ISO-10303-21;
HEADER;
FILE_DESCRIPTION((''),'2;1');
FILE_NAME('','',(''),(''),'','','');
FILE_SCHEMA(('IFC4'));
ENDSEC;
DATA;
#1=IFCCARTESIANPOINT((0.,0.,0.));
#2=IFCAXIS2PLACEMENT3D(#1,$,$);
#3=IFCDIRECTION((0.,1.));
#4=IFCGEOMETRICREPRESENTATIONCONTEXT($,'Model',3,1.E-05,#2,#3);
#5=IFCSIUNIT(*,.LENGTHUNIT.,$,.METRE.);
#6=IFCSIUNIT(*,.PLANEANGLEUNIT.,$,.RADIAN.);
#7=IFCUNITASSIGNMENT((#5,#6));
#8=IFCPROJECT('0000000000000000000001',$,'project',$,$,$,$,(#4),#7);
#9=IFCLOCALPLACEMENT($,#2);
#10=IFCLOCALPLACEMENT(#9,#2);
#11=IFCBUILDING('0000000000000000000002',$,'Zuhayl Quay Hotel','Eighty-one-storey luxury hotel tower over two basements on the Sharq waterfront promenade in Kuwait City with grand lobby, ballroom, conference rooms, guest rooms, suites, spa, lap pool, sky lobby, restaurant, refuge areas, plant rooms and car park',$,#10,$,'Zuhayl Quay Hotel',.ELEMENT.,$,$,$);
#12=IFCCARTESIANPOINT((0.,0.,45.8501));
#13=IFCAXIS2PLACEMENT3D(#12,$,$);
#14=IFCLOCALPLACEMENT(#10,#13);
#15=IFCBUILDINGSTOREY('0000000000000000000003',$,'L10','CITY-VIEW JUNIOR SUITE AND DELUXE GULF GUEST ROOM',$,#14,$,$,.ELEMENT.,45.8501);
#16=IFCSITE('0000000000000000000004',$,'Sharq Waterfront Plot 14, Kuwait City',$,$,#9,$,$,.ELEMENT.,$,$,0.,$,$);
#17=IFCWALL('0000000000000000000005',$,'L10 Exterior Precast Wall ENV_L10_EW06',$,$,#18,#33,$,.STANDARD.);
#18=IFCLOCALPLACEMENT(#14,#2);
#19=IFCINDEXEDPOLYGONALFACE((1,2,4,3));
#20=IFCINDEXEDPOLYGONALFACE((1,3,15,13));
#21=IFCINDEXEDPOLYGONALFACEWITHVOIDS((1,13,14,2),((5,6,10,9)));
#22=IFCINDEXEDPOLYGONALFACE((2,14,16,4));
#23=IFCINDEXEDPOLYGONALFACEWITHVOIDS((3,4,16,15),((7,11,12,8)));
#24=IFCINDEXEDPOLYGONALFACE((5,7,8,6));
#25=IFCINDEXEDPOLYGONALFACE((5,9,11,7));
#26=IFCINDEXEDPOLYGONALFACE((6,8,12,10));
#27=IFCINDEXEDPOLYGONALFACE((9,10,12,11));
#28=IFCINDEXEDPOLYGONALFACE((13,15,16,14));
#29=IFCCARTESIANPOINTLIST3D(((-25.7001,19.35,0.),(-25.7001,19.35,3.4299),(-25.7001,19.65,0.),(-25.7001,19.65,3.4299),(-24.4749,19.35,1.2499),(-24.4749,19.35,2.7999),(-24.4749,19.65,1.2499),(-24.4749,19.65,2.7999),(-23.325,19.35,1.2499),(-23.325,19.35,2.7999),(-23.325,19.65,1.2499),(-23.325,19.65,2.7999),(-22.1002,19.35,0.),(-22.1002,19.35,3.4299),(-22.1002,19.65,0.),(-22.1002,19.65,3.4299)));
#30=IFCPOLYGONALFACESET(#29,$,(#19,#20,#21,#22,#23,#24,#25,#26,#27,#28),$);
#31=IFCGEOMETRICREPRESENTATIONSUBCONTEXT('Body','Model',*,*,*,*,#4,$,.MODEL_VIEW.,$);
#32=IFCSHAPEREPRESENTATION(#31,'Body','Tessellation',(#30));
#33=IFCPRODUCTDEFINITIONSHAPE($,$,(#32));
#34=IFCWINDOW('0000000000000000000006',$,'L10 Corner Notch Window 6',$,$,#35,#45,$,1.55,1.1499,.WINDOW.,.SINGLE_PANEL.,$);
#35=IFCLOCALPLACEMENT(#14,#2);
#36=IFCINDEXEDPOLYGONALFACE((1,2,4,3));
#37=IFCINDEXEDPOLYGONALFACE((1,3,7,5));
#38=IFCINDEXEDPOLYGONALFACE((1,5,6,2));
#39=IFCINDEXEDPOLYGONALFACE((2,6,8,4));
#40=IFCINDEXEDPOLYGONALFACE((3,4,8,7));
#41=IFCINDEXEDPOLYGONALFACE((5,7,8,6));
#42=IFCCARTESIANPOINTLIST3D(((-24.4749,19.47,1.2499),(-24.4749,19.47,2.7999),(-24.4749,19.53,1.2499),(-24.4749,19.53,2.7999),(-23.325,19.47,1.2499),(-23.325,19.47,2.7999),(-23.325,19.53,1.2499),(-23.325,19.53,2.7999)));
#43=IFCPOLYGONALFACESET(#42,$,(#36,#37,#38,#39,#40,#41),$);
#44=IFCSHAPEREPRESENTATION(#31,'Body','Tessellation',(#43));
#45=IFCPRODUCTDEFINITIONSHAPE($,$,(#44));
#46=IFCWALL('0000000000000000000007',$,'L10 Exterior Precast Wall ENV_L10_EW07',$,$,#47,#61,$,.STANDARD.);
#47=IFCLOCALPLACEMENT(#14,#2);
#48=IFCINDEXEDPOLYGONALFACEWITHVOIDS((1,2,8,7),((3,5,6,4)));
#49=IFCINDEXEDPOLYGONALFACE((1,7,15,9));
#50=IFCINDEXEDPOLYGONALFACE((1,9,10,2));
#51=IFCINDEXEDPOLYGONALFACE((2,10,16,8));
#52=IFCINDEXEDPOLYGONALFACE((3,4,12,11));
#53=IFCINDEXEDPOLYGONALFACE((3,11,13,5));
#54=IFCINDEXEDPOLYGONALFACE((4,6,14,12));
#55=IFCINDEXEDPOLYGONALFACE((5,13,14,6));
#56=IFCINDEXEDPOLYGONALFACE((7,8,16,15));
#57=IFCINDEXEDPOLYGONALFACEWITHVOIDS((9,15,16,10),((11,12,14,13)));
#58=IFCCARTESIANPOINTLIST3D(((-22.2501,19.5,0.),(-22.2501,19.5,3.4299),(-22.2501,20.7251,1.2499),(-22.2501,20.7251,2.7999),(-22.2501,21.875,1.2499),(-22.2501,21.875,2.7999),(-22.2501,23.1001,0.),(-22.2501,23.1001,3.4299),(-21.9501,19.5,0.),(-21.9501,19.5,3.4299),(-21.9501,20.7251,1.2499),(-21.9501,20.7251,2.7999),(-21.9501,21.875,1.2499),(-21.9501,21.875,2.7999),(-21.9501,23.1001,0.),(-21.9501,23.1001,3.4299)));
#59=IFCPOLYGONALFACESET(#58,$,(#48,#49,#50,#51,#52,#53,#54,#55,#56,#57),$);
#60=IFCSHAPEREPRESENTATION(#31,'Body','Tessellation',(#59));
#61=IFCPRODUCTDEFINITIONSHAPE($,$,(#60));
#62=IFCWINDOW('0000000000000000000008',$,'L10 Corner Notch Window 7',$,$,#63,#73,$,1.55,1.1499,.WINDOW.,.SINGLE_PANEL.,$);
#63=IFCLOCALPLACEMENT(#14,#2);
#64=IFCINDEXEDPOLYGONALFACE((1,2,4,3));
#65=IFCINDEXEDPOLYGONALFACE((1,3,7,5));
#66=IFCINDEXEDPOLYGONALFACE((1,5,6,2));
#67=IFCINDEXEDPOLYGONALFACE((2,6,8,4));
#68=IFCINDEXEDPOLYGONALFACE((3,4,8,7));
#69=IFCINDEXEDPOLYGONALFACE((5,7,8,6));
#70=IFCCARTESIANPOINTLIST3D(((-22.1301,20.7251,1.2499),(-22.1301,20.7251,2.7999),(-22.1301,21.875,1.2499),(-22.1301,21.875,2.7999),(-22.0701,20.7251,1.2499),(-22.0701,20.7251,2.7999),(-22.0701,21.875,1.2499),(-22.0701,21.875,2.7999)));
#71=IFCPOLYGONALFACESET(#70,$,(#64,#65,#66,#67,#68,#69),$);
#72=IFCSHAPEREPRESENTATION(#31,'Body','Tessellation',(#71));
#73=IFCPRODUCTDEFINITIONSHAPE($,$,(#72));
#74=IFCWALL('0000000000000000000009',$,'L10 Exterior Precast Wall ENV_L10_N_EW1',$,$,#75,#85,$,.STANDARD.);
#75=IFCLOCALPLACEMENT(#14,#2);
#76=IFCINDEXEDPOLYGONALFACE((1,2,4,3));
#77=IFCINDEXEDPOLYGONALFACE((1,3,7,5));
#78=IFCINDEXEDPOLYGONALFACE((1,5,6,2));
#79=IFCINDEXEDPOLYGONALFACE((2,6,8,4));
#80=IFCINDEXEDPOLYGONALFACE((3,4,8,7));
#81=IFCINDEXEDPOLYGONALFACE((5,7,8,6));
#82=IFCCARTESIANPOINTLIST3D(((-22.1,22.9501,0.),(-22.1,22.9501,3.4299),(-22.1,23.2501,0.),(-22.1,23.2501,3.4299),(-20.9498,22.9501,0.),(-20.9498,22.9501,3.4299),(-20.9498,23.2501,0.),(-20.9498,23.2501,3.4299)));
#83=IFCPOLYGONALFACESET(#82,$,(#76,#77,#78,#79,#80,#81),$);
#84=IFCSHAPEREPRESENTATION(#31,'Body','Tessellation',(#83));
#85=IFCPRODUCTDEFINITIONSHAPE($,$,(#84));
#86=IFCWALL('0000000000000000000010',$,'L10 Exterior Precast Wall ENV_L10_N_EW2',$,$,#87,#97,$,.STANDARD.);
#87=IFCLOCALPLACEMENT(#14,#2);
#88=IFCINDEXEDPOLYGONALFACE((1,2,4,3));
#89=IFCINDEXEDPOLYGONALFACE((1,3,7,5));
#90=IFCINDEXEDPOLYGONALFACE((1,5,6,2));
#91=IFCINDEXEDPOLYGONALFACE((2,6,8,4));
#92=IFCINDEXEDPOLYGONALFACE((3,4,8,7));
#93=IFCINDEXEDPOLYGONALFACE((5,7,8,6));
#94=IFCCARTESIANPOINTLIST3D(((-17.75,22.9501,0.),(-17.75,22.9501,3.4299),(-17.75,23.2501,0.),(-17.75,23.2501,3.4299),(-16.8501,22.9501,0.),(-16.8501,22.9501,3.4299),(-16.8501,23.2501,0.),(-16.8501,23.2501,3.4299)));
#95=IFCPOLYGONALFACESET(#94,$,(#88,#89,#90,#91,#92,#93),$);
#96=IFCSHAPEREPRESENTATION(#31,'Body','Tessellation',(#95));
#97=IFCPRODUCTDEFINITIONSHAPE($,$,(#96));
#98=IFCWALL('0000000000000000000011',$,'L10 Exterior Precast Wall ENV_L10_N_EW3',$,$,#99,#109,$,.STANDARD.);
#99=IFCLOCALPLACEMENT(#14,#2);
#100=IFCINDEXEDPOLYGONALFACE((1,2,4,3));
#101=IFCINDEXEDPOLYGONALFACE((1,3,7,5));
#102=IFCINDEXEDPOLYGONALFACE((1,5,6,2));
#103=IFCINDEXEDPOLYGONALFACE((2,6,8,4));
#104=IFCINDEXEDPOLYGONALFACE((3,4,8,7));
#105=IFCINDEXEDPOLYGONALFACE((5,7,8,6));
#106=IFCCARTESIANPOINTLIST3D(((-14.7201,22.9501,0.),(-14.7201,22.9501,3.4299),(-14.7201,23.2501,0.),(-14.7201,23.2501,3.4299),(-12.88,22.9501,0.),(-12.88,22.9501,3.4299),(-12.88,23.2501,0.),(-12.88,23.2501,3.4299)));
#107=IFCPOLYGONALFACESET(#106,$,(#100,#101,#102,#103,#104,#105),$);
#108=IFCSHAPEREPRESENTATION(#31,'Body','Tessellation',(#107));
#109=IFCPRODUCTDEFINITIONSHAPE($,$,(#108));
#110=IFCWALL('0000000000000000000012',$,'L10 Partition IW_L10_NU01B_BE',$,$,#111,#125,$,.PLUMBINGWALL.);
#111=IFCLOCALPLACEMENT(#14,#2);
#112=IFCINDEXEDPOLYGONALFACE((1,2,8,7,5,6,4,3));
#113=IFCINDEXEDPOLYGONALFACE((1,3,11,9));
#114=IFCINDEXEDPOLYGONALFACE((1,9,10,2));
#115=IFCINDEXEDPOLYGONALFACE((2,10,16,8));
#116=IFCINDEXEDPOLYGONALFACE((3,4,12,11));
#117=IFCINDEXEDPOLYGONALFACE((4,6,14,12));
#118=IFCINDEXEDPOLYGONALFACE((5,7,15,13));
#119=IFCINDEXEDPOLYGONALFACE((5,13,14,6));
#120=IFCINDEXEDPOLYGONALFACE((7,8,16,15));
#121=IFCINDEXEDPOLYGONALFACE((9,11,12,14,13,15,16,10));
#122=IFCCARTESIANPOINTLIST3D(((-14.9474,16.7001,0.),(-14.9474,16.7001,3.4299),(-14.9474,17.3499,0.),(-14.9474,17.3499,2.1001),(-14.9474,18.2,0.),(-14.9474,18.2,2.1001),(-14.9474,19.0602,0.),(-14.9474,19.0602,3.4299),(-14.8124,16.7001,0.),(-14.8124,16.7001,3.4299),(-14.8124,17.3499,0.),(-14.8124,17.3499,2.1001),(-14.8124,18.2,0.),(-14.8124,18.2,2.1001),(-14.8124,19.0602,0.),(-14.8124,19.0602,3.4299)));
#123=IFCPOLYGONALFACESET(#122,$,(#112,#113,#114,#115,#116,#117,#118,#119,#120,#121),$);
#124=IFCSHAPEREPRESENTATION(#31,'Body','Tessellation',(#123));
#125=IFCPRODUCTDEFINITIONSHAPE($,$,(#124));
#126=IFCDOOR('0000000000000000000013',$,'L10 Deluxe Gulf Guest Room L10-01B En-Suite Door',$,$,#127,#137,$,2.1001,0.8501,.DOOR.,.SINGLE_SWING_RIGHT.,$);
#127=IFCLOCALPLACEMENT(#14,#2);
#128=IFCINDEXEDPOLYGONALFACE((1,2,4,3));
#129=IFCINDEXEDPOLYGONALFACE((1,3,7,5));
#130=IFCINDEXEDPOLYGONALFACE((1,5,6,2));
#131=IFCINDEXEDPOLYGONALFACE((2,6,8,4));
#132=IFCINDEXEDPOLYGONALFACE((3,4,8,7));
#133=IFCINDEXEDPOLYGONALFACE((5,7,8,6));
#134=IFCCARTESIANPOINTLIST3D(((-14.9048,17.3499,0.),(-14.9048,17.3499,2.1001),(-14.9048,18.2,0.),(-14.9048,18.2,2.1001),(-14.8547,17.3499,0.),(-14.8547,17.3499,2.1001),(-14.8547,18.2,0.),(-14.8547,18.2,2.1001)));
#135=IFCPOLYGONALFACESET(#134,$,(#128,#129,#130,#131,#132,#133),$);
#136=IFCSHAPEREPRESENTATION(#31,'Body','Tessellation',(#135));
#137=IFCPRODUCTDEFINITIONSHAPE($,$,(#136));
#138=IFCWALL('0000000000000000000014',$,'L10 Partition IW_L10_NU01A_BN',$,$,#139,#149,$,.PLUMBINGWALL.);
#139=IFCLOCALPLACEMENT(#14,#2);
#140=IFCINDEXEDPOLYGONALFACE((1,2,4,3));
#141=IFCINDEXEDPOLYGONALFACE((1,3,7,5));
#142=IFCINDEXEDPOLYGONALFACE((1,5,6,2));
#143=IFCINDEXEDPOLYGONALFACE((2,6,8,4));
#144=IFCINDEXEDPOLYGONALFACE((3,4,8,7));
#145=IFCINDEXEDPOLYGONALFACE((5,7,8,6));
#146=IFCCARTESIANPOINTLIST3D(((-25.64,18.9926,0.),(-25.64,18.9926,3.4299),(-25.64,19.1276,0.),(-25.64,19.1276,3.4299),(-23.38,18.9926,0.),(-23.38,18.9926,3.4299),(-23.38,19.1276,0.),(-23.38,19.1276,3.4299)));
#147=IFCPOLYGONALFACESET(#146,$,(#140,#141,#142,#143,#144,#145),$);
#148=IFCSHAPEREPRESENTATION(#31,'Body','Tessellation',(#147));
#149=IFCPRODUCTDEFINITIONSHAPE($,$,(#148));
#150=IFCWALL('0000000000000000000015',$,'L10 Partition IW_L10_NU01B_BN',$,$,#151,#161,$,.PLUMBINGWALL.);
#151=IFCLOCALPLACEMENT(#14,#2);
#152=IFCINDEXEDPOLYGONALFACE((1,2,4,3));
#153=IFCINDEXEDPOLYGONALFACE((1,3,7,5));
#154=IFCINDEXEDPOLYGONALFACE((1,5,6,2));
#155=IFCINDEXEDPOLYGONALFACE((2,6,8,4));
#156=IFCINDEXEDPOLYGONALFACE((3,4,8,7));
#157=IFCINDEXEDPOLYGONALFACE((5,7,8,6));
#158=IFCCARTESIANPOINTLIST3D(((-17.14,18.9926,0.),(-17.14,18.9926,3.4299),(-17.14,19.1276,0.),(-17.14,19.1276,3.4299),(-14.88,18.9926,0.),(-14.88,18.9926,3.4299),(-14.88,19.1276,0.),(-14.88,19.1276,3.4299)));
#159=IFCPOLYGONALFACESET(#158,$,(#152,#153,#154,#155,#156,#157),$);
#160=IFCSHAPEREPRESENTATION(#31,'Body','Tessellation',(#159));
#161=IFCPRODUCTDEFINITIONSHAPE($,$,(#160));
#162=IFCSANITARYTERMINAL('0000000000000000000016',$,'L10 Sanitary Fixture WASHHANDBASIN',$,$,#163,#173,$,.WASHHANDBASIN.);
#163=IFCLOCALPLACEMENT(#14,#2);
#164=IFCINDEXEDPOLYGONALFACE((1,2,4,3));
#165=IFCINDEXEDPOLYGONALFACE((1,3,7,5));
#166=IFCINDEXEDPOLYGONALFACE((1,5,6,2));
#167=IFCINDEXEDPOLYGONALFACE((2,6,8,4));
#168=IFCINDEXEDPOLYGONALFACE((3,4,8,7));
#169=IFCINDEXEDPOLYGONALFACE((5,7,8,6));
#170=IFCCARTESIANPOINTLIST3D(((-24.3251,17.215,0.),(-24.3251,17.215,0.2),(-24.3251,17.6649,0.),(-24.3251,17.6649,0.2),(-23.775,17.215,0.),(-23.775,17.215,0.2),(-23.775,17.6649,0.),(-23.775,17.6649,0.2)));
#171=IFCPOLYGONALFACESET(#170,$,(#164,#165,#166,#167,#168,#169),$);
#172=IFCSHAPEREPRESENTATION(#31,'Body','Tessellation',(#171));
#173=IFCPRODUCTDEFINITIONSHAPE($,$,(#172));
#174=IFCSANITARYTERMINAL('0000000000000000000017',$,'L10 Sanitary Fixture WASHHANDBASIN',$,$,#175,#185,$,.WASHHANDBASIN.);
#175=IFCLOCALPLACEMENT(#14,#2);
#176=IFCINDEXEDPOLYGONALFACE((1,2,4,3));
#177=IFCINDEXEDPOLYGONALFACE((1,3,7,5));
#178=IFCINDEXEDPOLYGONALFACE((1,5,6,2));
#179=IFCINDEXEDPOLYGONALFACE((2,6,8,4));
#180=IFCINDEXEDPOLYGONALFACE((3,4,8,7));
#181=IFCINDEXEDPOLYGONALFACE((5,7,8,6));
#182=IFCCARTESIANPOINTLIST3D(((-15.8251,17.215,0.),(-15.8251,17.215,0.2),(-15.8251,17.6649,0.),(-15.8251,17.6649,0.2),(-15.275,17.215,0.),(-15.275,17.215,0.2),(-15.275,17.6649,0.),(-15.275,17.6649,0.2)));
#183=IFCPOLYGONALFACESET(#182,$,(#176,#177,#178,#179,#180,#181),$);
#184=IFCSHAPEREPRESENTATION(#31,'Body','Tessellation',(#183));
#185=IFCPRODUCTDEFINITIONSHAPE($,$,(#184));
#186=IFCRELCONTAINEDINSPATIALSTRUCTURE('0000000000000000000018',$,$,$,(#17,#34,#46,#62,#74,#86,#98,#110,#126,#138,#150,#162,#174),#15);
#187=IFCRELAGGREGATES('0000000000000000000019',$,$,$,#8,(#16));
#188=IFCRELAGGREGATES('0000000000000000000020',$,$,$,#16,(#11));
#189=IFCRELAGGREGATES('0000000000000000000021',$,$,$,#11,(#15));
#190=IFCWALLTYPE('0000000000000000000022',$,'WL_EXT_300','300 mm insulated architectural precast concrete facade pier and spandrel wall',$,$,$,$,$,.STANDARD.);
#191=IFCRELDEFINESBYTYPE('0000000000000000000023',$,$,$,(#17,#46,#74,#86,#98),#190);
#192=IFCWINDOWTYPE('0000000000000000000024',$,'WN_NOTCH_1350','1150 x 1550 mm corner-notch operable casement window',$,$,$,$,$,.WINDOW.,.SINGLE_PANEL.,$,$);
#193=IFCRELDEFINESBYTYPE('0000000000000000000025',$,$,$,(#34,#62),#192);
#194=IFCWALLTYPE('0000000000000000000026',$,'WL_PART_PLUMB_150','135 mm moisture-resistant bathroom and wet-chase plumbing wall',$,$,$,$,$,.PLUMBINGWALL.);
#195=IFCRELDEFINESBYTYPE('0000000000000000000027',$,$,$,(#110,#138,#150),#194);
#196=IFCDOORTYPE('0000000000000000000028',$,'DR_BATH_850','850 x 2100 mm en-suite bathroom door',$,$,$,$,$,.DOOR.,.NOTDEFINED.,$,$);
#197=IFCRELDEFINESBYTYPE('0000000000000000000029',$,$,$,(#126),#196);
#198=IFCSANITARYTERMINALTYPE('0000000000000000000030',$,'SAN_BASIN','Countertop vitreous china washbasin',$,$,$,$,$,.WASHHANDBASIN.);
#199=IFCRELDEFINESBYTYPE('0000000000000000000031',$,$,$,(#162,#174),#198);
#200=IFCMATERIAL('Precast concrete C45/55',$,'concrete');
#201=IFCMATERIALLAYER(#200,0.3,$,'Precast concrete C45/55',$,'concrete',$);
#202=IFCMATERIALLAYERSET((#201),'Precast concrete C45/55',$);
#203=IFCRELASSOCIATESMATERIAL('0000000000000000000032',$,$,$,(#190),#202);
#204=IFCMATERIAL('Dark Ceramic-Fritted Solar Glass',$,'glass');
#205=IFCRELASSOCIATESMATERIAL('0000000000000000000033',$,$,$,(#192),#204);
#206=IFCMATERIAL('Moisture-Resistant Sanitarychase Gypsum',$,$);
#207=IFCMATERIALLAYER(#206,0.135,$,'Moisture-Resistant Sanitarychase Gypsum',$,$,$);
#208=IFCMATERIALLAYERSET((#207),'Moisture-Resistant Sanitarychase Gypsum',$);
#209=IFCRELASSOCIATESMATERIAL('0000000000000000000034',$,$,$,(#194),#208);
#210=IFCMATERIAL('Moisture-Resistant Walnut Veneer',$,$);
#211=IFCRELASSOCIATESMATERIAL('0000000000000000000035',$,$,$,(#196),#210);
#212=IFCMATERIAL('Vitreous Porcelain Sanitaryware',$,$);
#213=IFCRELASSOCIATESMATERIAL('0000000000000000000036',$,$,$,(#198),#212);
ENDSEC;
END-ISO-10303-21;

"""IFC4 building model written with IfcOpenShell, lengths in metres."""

from ifc_helpers import new_model, si_unit, direction, frame, frame_2d, origin, origin_2d, place, context, subcontext, project, spatial, rectangle, extrude, material, layer, layer_set, type_object, element, fill, save


model = new_model("IFC4")

# Units and contexts
model_context = context("Model", 3, precision=1e-05, world=origin(), true_north=direction((0.0, 1.0)))
body_context = subcontext(model_context, "Body", "Model", "MODEL_VIEW")
ifc_project = project(units=[si_unit("LENGTHUNIT", "METRE"), si_unit("PLANEANGLEUNIT", "RADIAN")], contexts=[model_context])

# Site, building, storey
site_placement = place(None, origin())
site = spatial("IfcSite", under=ifc_project, at=site_placement, Name="Sharq Waterfront Plot 14, Kuwait City", CompositionType="ELEMENT", RefElevation=0.0)
building_placement = place(site_placement, origin())
building = spatial("IfcBuilding", under=site, at=building_placement, Name="Zuhayl Quay Hotel", Description="Eighty-one-storey luxury hotel tower over two basements on the Sharq waterfront promenade in Kuwait City with grand lobby, ballroom, conference rooms, guest rooms, suites, spa, lap pool, sky lobby, restaurant, refuge areas, plant rooms and car park", LongName="Zuhayl Quay Hotel", CompositionType="ELEMENT")
storey_placement = place(building_placement, frame((0.0, 0.0, 45.8501)))
storey = spatial("IfcBuildingStorey", under=building, at=storey_placement, Name="L10", Description="CITY-VIEW JUNIOR SUITE AND DELUXE GULF GUEST ROOM", CompositionType="ELEMENT", Elevation=45.8501)

# Shared definitions
ifc_material_1 = material(Name="Dark Ceramic-Fritted Solar Glass", Category="glass")

# Walls, openings, windows
ifc_material_2 = material(Name="Precast concrete C45/55", Category="concrete")
ifc_layer_1 = layer(ifc_material_2, 0.3, Name="Precast concrete C45/55", Category="concrete")
ifc_layer_set_1 = layer_set([ifc_layer_1], Name="Precast concrete C45/55")
wall_type_1 = type_object("IfcWallType", Name="WL_EXT_300", Description="300 mm insulated architectural precast concrete facade pier and spandrel wall", PredefinedType="STANDARD", material=ifc_layer_set_1)
wall_1_placement = place(storey_placement, frame((-25.7, 19.5, 0.0), z_axis=(0.0, 0.0, 1.0), x_axis=(1.0, 0.0, 0.0)))
wall_1 = element("IfcWall", 1, at=wall_1_placement, inside=storey, type_object=wall_type_1, Name="L10 Exterior Precast Wall ENV_L10_EW06", PredefinedType="STANDARD", context=body_context, shape_type="SweptSolid", body=[
    extrude(rectangle(XDim=3.5999, YDim=0.3, at=frame_2d((1.7998, 0.0))), origin(), (0.0, 0.0, 1.0), 3.4299),
])
opening_1_placement = place(wall_1_placement, frame((1.2251, 0.0, 1.25)))
opening_1 = element("IfcOpeningElement", 2, at=opening_1_placement, cuts=wall_1, PredefinedType="OPENING", context=body_context, shape_type="SweptSolid", body=[
    extrude(rectangle(XDim=1.1499, YDim=1.55, at=frame_2d((0.575, 0.7749))), frame((0.0, 0.1599, 0.0), z_axis=(0.0, -1.0, 0.0), x_axis=(1.0, 0.0, 0.0)), (0.0, 0.0, 1.0), 0.3201),
])
window_type = type_object("IfcWindowType", Name="WN_NOTCH_1350", Description="1150 x 1550 mm corner-notch operable casement window", PartitioningType="SINGLE_PANEL", PredefinedType="WINDOW", material=ifc_material_1)
window_1_placement = place(opening_1_placement, origin())
window_1 = element("IfcWindow", 3, at=window_1_placement, inside=storey, type_object=window_type, Name="L10 Corner Notch Window 6", OverallHeight=1.55, OverallWidth=1.1499, PartitioningType="SINGLE_PANEL", PredefinedType="WINDOW", context=body_context, shape_type="SweptSolid", body=[
    extrude(rectangle(XDim=1.1499, YDim=1.55, at=frame_2d((0.575, 0.7749))), frame((0.0, 0.03, 0.0), z_axis=(0.0, -1.0, 0.0), x_axis=(1.0, 0.0, 0.0)), (0.0, 0.0, 1.0), 0.0601),
])
fill(opening_1, window_1)
wall_2_placement = place(storey_placement, frame((-22.1001, 19.5, 0.0), z_axis=(0.0, 0.0, 1.0), x_axis=(0.0, 1.0, 0.0)))
wall_2 = element("IfcWall", 4, at=wall_2_placement, inside=storey, type_object=wall_type_1, Name="L10 Exterior Precast Wall ENV_L10_EW07", PredefinedType="STANDARD", context=body_context, shape_type="SweptSolid", body=[
    extrude(rectangle(XDim=3.6001, YDim=0.3, at=frame_2d((1.8, 0.0))), origin(), (0.0, 0.0, 1.0), 3.4299),
])
opening_2_placement = place(wall_2_placement, frame((1.2251, 0.0, 1.25)))
opening_2 = element("IfcOpeningElement", 5, at=opening_2_placement, cuts=wall_2, PredefinedType="OPENING", context=body_context, shape_type="SweptSolid", body=[
    extrude(rectangle(XDim=1.1499, YDim=1.55, at=frame_2d((0.575, 0.7749))), frame((0.0, 0.1599, 0.0), z_axis=(0.0, -1.0, 0.0), x_axis=(1.0, 0.0, 0.0)), (0.0, 0.0, 1.0), 0.3201),
])
window_2_placement = place(opening_2_placement, origin())
window_2 = element("IfcWindow", 6, at=window_2_placement, inside=storey, type_object=window_type, Name="L10 Corner Notch Window 7", OverallHeight=1.55, OverallWidth=1.1499, PartitioningType="SINGLE_PANEL", PredefinedType="WINDOW", context=body_context, shape_type="SweptSolid", body=[
    extrude(rectangle(XDim=1.1499, YDim=1.55, at=frame_2d((0.575, 0.7749))), frame((0.0, 0.03, 0.0), z_axis=(0.0, -1.0, 0.0), x_axis=(1.0, 0.0, 0.0)), (0.0, 0.0, 1.0), 0.0601),
])
fill(opening_2, window_2)

# Walls
wall_3_placement = place(storey_placement, frame((-22.1001, 23.1001, 0.0), z_axis=(0.0, 0.0, 1.0), x_axis=(1.0, 0.0, 0.0)))
element("IfcWall", 7, at=wall_3_placement, inside=storey, type_object=wall_type_1, Name="L10 Exterior Precast Wall ENV_L10_N_EW1", PredefinedType="STANDARD", context=body_context, shape_type="SweptSolid", body=[
    extrude(rectangle(XDim=1.1501, YDim=0.3, at=frame_2d((0.5752, 0.0))), origin(), (0.0, 0.0, 1.0), 3.4299),
])
wall_4_placement = place(storey_placement, frame((-17.75, 23.1001, 0.0), z_axis=(0.0, 0.0, 1.0), x_axis=(1.0, 0.0, 0.0)))
element("IfcWall", 8, at=wall_4_placement, inside=storey, type_object=wall_type_1, Name="L10 Exterior Precast Wall ENV_L10_N_EW2", PredefinedType="STANDARD", context=body_context, shape_type="SweptSolid", body=[
    extrude(rectangle(XDim=0.8999, YDim=0.3, at=frame_2d((0.45, 0.0))), origin(), (0.0, 0.0, 1.0), 3.4299),
])
wall_5_placement = place(storey_placement, frame((-14.72, 23.1001, 0.0), z_axis=(0.0, 0.0, 1.0), x_axis=(1.0, 0.0, 0.0)))
element("IfcWall", 9, at=wall_5_placement, inside=storey, type_object=wall_type_1, Name="L10 Exterior Precast Wall ENV_L10_N_EW3", PredefinedType="STANDARD", context=body_context, shape_type="SweptSolid", body=[
    extrude(rectangle(XDim=1.8401, YDim=0.3, at=frame_2d((0.9199, 0.0))), origin(), (0.0, 0.0, 1.0), 3.4299),
])

# Wall, opening, door
ifc_material_3 = material(Name="Moisture-Resistant Sanitarychase Gypsum")
ifc_layer_2 = layer(ifc_material_3, 0.135, Name="Moisture-Resistant Sanitarychase Gypsum")
ifc_layer_set_2 = layer_set([ifc_layer_2], Name="Moisture-Resistant Sanitarychase Gypsum")
wall_type_2 = type_object("IfcWallType", Name="WL_PART_PLUMB_150", Description="135 mm moisture-resistant bathroom and wet-chase plumbing wall", PredefinedType="PLUMBINGWALL", material=ifc_layer_set_2)
wall_6_placement = place(storey_placement, frame((-14.8799, 16.7, 0.0), z_axis=(0.0, 0.0, 1.0), x_axis=(0.0, 1.0, 0.0)))
wall_6 = element("IfcWall", 10, at=wall_6_placement, inside=storey, type_object=wall_type_2, Name="L10 Partition IW_L10_NU01B_BE", PredefinedType="PLUMBINGWALL", context=body_context, shape_type="SweptSolid", body=[
    extrude(rectangle(XDim=2.3601, YDim=0.135, at=frame_2d((1.1802, 0.0))), origin(), (0.0, 0.0, 1.0), 3.4299),
])
opening_3_placement = place(wall_6_placement, frame((0.6499, 0.0, 0.0)))
opening_3 = element("IfcOpeningElement", 11, at=opening_3_placement, cuts=wall_6, PredefinedType="OPENING", context=body_context, shape_type="SweptSolid", body=[
    extrude(rectangle(XDim=0.8501, YDim=2.1001, at=frame_2d((0.425, 1.05))), frame((0.0, 0.0774, 0.0), z_axis=(0.0, -1.0, 0.0), x_axis=(1.0, 0.0, 0.0)), (0.0, 0.0, 1.0), 0.155),
])
ifc_material_4 = material(Name="Moisture-Resistant Walnut Veneer")
door_type = type_object("IfcDoorType", Name="DR_BATH_850", Description="850 x 2100 mm en-suite bathroom door", OperationType="NOTDEFINED", PredefinedType="DOOR", material=ifc_material_4)
door_placement = place(opening_3_placement, origin())
door = element("IfcDoor", 12, at=door_placement, inside=storey, type_object=door_type, Name="L10 Deluxe Gulf Guest Room L10-01B En-Suite Door", OperationType="SINGLE_SWING_RIGHT", OverallHeight=2.1001, OverallWidth=0.8501, PredefinedType="DOOR", context=body_context, shape_type="SweptSolid", body=[
    extrude(rectangle(XDim=0.8501, YDim=2.1001, at=frame_2d((0.425, 1.05))), frame((0.0, 0.0249, 0.0), z_axis=(0.0, -1.0, 0.0), x_axis=(1.0, 0.0, 0.0)), (0.0, 0.0, 1.0), 0.05),
])
fill(opening_3, door)

# Walls
for number, where, z_axis, x_axis, name in (
    (13, (-25.6399, 19.0601, 0.0), (0.0, 0.0, 1.0), (1.0, 0.0, 0.0), "L10 Partition IW_L10_NU01A_BN"),
    (14, (-17.1399, 19.0601, 0.0), (0.0, 0.0, 1.0), (1.0, 0.0, 0.0), "L10 Partition IW_L10_NU01B_BN"),
):
    element("IfcWall", number, at=place(storey_placement, frame(where, z_axis=z_axis, x_axis=x_axis)), inside=storey, type_object=wall_type_2, Name=name, PredefinedType="PLUMBINGWALL", context=body_context, shape_type="SweptSolid", body=[
        extrude(rectangle(XDim=2.26, YDim=0.135, at=frame_2d((1.1299, 0.0))), origin(), (0.0, 0.0, 1.0), 3.4299),
    ])

# Sanitary terminals
ifc_material_5 = material(Name="Vitreous Porcelain Sanitaryware")
sanitary_terminal_type_1 = type_object("IfcSanitaryTerminalType", Name="SAN_BASIN", Description="Countertop vitreous china washbasin", PredefinedType="WASHHANDBASIN", material=ifc_material_5)
for number, where, z_axis, x_axis, name in (
    (15, (-24.05, 17.4399, 0.0), (0.0, 0.0, 1.0), (1.0, 0.0, 0.0), "L10 Sanitary Fixture WASHHANDBASIN"),
    (16, (-15.55, 17.4399, 0.0), (0.0, 0.0, 1.0), (1.0, 0.0, 0.0), "L10 Sanitary Fixture WASHHANDBASIN"),
):
    element("IfcSanitaryTerminal", number, at=place(storey_placement, frame(where, z_axis=z_axis, x_axis=x_axis)), inside=storey, type_object=sanitary_terminal_type_1, Name=name, PredefinedType="WASHHANDBASIN", context=body_context, shape_type="SweptSolid", body=[
        extrude(rectangle(XDim=0.55, YDim=0.45, at=origin_2d()), origin(), (0.0, 0.0, 1.0), 0.2),
    ])

save(model, "model.ifc")
